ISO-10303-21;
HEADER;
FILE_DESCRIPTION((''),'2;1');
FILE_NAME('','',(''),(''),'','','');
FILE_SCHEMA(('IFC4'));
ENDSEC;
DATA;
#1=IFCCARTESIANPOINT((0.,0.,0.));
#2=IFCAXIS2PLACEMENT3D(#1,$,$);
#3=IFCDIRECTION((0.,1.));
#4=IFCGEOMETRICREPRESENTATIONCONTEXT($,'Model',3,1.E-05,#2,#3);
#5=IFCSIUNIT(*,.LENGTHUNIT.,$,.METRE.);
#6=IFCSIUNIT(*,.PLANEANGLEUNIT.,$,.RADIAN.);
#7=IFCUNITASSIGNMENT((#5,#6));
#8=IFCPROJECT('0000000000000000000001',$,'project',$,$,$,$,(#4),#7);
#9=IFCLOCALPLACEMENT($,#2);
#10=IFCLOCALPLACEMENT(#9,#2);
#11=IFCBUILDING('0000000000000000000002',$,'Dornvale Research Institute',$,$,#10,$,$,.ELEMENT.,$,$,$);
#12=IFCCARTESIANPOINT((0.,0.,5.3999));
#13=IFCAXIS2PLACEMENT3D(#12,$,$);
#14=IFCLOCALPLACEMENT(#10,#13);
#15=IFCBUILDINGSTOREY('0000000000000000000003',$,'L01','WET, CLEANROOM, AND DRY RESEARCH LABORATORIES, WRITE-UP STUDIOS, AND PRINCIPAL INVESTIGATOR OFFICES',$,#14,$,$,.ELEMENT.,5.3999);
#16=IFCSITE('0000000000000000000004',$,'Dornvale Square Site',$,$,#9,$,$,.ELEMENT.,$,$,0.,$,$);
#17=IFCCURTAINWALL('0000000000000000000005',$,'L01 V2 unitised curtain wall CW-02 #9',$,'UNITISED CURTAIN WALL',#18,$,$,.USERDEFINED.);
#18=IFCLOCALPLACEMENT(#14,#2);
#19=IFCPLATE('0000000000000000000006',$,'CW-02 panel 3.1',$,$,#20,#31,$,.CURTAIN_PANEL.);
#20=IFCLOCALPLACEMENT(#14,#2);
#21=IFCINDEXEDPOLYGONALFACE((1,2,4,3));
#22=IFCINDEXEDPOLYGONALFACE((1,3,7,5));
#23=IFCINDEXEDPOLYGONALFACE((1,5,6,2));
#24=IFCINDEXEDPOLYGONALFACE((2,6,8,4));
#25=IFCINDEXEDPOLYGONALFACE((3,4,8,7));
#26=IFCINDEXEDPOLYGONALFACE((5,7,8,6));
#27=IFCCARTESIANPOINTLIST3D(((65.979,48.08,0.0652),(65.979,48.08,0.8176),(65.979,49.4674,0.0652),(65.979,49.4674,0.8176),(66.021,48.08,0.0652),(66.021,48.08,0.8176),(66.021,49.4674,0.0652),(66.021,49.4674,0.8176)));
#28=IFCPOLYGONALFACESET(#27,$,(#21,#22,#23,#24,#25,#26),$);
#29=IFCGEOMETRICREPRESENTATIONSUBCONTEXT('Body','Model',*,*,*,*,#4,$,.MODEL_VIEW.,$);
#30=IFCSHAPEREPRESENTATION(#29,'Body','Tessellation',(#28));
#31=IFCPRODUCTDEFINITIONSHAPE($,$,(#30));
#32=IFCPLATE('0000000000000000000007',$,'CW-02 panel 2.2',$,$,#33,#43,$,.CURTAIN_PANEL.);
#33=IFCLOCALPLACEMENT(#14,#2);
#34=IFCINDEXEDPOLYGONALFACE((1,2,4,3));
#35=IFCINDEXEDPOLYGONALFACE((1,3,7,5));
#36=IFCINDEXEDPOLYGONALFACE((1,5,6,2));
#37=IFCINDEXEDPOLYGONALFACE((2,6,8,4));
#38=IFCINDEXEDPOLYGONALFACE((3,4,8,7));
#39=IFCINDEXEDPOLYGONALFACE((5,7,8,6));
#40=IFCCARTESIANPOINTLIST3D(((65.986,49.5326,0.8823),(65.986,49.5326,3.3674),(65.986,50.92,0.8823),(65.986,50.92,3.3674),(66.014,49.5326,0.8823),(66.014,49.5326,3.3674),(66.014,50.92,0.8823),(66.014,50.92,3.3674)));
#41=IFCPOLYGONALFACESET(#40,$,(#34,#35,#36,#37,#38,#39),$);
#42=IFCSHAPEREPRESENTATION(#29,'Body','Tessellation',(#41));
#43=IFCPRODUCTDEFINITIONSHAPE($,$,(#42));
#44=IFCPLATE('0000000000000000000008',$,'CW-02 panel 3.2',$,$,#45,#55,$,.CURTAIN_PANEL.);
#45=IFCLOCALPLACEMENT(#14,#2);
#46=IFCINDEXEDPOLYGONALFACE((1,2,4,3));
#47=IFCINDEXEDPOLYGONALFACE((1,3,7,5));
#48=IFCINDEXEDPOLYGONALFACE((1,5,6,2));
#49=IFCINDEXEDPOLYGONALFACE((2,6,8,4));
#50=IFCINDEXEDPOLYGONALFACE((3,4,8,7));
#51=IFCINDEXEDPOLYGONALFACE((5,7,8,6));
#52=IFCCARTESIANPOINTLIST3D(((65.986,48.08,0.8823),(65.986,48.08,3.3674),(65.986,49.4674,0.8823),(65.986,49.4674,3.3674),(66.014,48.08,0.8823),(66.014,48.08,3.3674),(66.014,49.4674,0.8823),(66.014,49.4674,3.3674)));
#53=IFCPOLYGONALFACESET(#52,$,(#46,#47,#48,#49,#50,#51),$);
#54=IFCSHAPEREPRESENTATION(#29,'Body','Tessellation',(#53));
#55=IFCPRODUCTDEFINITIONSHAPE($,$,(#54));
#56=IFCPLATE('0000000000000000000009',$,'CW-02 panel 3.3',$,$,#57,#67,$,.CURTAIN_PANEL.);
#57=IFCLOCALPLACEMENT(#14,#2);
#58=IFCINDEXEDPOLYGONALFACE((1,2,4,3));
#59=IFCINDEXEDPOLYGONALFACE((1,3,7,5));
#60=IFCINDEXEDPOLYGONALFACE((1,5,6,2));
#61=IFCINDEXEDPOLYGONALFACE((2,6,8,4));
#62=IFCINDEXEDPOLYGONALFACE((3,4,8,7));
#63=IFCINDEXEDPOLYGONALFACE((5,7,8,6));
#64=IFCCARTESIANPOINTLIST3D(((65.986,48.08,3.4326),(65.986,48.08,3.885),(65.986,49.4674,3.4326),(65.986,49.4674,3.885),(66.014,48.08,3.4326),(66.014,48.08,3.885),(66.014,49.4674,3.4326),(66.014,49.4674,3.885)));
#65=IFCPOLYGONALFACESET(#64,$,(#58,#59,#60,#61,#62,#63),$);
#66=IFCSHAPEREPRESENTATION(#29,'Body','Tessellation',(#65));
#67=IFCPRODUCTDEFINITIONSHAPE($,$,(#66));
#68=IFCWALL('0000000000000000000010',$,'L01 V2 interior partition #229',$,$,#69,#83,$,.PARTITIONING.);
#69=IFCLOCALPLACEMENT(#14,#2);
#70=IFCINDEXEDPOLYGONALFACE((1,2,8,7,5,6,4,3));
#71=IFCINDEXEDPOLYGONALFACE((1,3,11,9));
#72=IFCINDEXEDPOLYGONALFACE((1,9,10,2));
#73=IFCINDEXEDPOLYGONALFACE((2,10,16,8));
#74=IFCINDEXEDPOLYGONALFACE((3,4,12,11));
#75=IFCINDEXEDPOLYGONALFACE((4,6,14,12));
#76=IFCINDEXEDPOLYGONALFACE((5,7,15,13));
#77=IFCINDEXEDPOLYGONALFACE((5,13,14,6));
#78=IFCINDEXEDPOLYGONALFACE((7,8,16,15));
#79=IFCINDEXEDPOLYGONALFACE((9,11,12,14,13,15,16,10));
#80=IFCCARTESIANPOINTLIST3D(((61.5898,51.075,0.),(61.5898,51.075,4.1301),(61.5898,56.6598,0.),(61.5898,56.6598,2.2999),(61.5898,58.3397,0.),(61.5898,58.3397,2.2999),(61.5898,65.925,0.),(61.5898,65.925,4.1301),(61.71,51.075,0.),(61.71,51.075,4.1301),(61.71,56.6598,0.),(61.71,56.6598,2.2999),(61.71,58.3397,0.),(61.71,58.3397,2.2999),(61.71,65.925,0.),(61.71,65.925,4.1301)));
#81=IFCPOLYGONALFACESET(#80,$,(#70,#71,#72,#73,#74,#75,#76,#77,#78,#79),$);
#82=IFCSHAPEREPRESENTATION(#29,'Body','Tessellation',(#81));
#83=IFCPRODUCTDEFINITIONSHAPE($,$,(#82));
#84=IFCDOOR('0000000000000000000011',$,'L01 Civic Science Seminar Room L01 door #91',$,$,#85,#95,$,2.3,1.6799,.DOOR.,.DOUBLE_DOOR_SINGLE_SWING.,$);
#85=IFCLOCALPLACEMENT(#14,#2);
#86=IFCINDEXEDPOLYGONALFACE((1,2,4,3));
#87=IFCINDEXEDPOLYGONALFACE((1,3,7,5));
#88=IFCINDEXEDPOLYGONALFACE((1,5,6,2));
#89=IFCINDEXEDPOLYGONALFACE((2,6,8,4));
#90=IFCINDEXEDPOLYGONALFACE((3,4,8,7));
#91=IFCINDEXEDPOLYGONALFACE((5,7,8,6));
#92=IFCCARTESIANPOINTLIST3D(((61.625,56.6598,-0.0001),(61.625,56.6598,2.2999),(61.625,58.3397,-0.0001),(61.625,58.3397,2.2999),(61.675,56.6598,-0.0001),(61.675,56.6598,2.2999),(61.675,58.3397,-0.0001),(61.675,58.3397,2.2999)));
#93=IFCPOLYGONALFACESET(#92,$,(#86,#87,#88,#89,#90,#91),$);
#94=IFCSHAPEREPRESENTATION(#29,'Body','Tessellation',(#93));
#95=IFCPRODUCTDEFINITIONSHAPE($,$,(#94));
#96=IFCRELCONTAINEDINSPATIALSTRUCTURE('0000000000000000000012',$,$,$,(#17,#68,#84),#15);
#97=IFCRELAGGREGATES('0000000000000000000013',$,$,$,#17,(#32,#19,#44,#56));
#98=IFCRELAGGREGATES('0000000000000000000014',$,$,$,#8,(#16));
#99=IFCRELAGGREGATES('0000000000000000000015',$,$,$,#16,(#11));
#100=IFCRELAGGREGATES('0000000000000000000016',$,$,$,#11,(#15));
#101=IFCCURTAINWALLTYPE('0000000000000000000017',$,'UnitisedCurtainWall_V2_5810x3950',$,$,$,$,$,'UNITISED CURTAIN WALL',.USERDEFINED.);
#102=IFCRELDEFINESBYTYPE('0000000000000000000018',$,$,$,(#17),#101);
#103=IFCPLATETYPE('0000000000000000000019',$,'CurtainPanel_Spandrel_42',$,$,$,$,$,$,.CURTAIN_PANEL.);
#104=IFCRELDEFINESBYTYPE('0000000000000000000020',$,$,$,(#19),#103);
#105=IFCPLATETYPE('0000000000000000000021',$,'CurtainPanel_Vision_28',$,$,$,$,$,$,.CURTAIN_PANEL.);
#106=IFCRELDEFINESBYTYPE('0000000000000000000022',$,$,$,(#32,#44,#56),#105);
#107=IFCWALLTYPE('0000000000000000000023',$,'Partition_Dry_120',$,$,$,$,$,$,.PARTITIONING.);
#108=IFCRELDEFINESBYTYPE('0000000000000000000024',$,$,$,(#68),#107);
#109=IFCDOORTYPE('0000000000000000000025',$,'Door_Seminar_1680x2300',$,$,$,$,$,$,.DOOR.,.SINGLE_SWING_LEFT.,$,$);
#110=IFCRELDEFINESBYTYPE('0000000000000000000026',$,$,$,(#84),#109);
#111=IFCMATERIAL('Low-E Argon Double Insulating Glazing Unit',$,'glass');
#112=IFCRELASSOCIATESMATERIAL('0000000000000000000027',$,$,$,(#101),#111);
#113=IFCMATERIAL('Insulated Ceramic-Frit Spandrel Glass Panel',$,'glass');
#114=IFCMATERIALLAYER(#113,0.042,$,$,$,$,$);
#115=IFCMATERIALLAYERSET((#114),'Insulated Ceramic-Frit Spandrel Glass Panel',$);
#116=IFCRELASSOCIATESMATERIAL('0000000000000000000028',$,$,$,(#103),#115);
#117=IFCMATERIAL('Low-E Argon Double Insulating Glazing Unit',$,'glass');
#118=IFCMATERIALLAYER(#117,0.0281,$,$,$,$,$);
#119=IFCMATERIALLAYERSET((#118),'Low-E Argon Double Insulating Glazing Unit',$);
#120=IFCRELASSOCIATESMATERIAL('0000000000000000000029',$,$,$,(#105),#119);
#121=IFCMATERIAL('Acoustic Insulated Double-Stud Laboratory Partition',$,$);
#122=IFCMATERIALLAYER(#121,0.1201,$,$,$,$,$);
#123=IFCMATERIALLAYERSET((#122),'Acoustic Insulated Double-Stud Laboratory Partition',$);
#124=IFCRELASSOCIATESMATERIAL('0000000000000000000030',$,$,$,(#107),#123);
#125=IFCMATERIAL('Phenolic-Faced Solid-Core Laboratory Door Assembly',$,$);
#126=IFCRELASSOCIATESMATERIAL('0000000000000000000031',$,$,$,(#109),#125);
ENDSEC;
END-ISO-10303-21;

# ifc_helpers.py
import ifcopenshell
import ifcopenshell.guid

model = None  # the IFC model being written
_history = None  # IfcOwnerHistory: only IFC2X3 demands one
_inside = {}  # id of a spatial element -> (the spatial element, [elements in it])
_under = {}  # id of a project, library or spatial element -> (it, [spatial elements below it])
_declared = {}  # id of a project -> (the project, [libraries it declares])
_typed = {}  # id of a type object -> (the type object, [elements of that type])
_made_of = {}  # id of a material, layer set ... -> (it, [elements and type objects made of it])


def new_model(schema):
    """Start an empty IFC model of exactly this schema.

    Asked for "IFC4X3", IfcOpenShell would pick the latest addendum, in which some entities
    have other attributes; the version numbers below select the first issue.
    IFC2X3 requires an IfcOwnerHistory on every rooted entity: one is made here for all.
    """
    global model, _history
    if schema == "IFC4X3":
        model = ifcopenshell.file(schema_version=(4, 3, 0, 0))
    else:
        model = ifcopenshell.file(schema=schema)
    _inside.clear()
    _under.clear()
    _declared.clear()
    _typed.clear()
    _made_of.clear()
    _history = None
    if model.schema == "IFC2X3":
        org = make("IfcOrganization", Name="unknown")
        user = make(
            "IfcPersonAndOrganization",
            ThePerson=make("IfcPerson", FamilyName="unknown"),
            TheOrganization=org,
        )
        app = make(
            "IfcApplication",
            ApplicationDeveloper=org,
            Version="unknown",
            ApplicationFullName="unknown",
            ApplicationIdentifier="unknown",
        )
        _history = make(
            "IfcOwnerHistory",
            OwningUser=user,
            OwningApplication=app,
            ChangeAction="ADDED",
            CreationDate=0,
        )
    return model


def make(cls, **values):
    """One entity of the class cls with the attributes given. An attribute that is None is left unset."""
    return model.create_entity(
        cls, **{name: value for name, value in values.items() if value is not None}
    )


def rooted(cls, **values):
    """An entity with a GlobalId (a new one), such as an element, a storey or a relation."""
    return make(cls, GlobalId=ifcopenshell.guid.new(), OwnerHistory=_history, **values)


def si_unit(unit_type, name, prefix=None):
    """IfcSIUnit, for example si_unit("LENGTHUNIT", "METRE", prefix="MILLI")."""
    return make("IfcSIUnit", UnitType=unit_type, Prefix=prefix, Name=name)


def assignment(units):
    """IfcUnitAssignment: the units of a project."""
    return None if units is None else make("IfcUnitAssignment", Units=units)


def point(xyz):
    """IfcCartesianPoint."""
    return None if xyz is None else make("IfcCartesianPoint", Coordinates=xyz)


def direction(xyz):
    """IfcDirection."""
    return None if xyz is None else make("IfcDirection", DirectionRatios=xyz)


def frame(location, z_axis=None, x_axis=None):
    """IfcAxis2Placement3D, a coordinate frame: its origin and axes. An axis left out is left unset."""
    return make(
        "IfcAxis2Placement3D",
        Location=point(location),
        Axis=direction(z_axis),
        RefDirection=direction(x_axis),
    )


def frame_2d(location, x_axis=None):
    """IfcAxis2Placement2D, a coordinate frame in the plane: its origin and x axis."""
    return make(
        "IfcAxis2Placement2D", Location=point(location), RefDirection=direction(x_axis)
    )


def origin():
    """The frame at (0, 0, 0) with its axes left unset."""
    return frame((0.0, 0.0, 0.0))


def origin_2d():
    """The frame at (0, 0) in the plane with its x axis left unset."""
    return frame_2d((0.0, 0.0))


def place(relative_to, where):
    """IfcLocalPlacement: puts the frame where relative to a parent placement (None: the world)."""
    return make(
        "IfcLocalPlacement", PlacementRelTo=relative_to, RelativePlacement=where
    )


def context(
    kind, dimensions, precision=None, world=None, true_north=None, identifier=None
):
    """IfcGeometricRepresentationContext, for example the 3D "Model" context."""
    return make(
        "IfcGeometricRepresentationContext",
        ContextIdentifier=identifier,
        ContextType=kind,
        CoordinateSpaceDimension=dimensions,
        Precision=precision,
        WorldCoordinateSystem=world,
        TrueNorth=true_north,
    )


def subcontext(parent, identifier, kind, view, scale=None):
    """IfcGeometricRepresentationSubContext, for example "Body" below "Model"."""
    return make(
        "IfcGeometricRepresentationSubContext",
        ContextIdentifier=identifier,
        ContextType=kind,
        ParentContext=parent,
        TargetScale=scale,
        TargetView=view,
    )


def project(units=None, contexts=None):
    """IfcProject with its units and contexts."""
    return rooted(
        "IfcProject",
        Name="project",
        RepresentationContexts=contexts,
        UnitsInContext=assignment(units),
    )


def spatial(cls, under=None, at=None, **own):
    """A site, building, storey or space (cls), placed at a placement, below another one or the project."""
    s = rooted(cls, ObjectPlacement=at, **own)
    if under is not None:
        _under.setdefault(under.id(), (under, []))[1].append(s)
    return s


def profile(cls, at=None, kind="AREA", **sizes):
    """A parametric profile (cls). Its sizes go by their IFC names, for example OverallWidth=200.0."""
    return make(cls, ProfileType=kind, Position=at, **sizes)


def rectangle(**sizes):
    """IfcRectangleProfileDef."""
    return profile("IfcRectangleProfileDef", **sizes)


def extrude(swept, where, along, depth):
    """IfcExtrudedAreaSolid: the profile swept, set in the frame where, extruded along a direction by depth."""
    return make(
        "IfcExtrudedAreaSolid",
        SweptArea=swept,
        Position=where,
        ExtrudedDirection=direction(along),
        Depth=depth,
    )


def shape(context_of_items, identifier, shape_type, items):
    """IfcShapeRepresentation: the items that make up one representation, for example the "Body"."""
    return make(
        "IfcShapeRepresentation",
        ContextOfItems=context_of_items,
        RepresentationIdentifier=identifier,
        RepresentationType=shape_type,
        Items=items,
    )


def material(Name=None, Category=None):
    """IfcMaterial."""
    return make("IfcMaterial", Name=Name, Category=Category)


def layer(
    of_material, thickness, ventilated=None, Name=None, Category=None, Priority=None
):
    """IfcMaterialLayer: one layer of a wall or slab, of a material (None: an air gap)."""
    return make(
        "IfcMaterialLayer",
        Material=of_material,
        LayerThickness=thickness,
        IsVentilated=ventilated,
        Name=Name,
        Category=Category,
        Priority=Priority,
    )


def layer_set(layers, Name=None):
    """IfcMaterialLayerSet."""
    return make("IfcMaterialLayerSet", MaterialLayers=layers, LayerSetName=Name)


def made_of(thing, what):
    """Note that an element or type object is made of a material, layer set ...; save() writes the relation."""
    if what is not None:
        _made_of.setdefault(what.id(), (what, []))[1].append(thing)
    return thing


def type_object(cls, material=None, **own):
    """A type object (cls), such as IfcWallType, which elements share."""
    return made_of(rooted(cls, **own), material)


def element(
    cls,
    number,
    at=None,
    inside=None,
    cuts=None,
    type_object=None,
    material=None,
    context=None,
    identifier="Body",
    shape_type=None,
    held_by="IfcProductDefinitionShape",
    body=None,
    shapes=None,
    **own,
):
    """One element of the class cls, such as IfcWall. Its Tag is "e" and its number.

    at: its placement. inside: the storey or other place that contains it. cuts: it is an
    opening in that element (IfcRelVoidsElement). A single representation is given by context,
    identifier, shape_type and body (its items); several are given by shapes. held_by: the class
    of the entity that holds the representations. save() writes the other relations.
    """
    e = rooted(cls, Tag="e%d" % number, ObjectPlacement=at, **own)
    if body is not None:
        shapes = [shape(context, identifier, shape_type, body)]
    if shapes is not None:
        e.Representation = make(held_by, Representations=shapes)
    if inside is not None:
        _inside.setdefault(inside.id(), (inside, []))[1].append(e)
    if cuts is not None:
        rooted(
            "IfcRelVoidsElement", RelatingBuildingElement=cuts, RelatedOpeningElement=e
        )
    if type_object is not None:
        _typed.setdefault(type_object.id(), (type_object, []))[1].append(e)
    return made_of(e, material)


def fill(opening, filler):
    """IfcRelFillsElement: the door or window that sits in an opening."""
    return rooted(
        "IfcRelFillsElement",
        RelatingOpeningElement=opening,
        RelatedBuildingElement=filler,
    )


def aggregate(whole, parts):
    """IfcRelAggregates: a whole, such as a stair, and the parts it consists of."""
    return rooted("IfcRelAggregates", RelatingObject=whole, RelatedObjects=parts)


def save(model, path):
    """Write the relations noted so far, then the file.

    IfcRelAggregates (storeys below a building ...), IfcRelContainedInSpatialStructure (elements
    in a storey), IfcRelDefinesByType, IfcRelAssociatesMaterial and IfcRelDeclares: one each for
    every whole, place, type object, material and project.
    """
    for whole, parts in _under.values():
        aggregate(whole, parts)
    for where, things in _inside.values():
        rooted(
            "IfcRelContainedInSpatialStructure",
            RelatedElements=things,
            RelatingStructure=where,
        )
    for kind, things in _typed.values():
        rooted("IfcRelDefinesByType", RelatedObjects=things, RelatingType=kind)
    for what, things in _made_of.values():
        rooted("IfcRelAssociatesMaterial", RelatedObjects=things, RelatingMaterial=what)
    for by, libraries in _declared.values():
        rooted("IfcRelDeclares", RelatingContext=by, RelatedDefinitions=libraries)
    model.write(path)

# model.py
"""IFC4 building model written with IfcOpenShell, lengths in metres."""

from ifc_helpers import new_model, si_unit, direction, frame, frame_2d, origin, origin_2d, place, context, subcontext, project, spatial, rectangle, extrude, material, layer, layer_set, type_object, element, fill, aggregate, save


model = new_model("IFC4")

# Units and contexts
model_context = context("Model", 3, precision=1e-05, world=origin(), true_north=direction((0.0, 1.0)))
body_context = subcontext(model_context, "Body", "Model", "MODEL_VIEW")
ifc_project = project(units=[si_unit("LENGTHUNIT", "METRE"), si_unit("PLANEANGLEUNIT", "RADIAN")], contexts=[model_context])

# Site, building, storey
site_placement = place(None, origin())
site = spatial("IfcSite", under=ifc_project, at=site_placement, Name="Dornvale Square Site", CompositionType="ELEMENT", RefElevation=0.0)
building_placement = place(site_placement, origin())
building = spatial("IfcBuilding", under=site, at=building_placement, Name="Dornvale Research Institute", CompositionType="ELEMENT")
storey_placement = place(building_placement, frame((0.0, 0.0, 5.3999)))
storey = spatial("IfcBuildingStorey", under=building, at=storey_placement, Name="L01", Description="WET, CLEANROOM, AND DRY RESEARCH LABORATORIES, WRITE-UP STUDIOS, AND PRINCIPAL INVESTIGATOR OFFICES", CompositionType="ELEMENT", Elevation=5.3999)

# Curtain wall, plates
ifc_material_1 = material(Name="Low-E Argon Double Insulating Glazing Unit", Category="glass")
curtain_wall_type = type_object("IfcCurtainWallType", Name="UnitisedCurtainWall_V2_5810x3950", ElementType="UNITISED CURTAIN WALL", PredefinedType="USERDEFINED", material=ifc_material_1)
curtain_wall_placement = place(storey_placement, origin())
curtain_wall = element("IfcCurtainWall", 1, at=curtain_wall_placement, inside=storey, type_object=curtain_wall_type, Name="L01 V2 unitised curtain wall CW-02 #9", ObjectType="UNITISED CURTAIN WALL", PredefinedType="USERDEFINED")
ifc_material_2 = material(Name="Insulated Ceramic-Frit Spandrel Glass Panel", Category="glass")
ifc_layer_1 = layer(ifc_material_2, 0.042)
ifc_layer_set_1 = layer_set([ifc_layer_1], Name="Insulated Ceramic-Frit Spandrel Glass Panel")
plate_type_1 = type_object("IfcPlateType", Name="CurtainPanel_Spandrel_42", PredefinedType="CURTAIN_PANEL", material=ifc_layer_set_1)
plate_1_placement = place(storey_placement, frame((66.0, 48.7737, 0.0652), z_axis=(0.0, 0.0, 1.0), x_axis=(0.0, -1.0, 0.0)))
plate_1 = element("IfcPlate", 2, at=plate_1_placement, type_object=plate_type_1, Name="CW-02 panel 3.1", PredefinedType="CURTAIN_PANEL", context=body_context, shape_type="SweptSolid", body=[
    extrude(rectangle(XDim=1.3875, YDim=0.042, at=origin_2d()), origin(), (0.0, 0.0, 1.0), 0.7524),
])
ifc_material_3 = material(Name="Low-E Argon Double Insulating Glazing Unit", Category="glass")
ifc_layer_2 = layer(ifc_material_3, 0.0281)
ifc_layer_set_2 = layer_set([ifc_layer_2], Name="Low-E Argon Double Insulating Glazing Unit")
plate_type_2 = type_object("IfcPlateType", Name="CurtainPanel_Vision_28", PredefinedType="CURTAIN_PANEL", material=ifc_layer_set_2)
plate_2_placement = place(storey_placement, frame((66.0, 50.2263, 0.8823), z_axis=(0.0, 0.0, 1.0), x_axis=(0.0, -1.0, 0.0)))
plate_2 = element("IfcPlate", 3, at=plate_2_placement, type_object=plate_type_2, Name="CW-02 panel 2.2", PredefinedType="CURTAIN_PANEL", context=body_context, shape_type="SweptSolid", body=[
    extrude(rectangle(XDim=1.3875, YDim=0.0281, at=origin_2d()), origin(), (0.0, 0.0, 1.0), 2.4851),
])
plate_3_placement = place(storey_placement, frame((66.0, 48.7737, 0.8823), z_axis=(0.0, 0.0, 1.0), x_axis=(0.0, -1.0, 0.0)))
plate_3 = element("IfcPlate", 4, at=plate_3_placement, type_object=plate_type_2, Name="CW-02 panel 3.2", PredefinedType="CURTAIN_PANEL", context=body_context, shape_type="SweptSolid", body=[
    extrude(rectangle(XDim=1.3875, YDim=0.0281, at=origin_2d()), origin(), (0.0, 0.0, 1.0), 2.4851),
])
plate_4_placement = place(storey_placement, frame((66.0, 48.7737, 3.4326), z_axis=(0.0, 0.0, 1.0), x_axis=(0.0, -1.0, 0.0)))
plate_4 = element("IfcPlate", 5, at=plate_4_placement, type_object=plate_type_2, Name="CW-02 panel 3.3", PredefinedType="CURTAIN_PANEL", context=body_context, shape_type="SweptSolid", body=[
    extrude(rectangle(XDim=1.3875, YDim=0.0281, at=origin_2d()), origin(), (0.0, 0.0, 1.0), 0.4524),
])
aggregate(curtain_wall, [plate_2, plate_1, plate_3, plate_4])

# Wall, opening, door
ifc_material_4 = material(Name="Acoustic Insulated Double-Stud Laboratory Partition")
ifc_layer_3 = layer(ifc_material_4, 0.1201)
ifc_layer_set_3 = layer_set([ifc_layer_3], Name="Acoustic Insulated Double-Stud Laboratory Partition")
wall_type = type_object("IfcWallType", Name="Partition_Dry_120", PredefinedType="PARTITIONING", material=ifc_layer_set_3)
wall_placement = place(storey_placement, frame((61.6499, 51.075, 0.0), z_axis=(0.0, 0.0, 1.0), x_axis=(0.0, 1.0, 0.0)))
wall = element("IfcWall", 6, at=wall_placement, inside=storey, type_object=wall_type, Name="L01 V2 interior partition #229", PredefinedType="PARTITIONING", context=body_context, shape_type="SweptSolid", body=[
    extrude(rectangle(XDim=14.8501, YDim=0.1201, at=frame_2d((7.425, 0.0))), origin(), (0.0, 0.0, 1.0), 4.1301),
])
opening_placement = place(wall_placement, frame((5.585, 0.0, 0.0)))
opening = element("IfcOpeningElement", 7, at=opening_placement, cuts=wall, PredefinedType="OPENING", context=body_context, shape_type="SweptSolid", body=[
    extrude(rectangle(XDim=1.6799, YDim=2.3, at=frame_2d((0.8398, 1.1499))), frame((0.0, 0.075, 0.0), z_axis=(0.0, -1.0, 0.0), x_axis=(1.0, 0.0, 0.0)), (0.0, 0.0, 1.0), 0.1501),
])
ifc_material_5 = material(Name="Phenolic-Faced Solid-Core Laboratory Door Assembly")
door_type = type_object("IfcDoorType", Name="Door_Seminar_1680x2300", OperationType="SINGLE_SWING_LEFT", PredefinedType="DOOR", material=ifc_material_5)
door_placement = place(opening_placement, origin())
door = element("IfcDoor", 8, at=door_placement, inside=storey, type_object=door_type, Name="L01 Civic Science Seminar Room L01 door #91", OperationType="DOUBLE_DOOR_SINGLE_SWING", OverallHeight=2.3, OverallWidth=1.6799, PredefinedType="DOOR", context=body_context, shape_type="SweptSolid", body=[
    extrude(rectangle(XDim=1.6799, YDim=2.3, at=frame_2d((0.8398, 1.1499))), frame((0.0, 0.0249, 0.0), z_axis=(0.0, -1.0, 0.0), x_axis=(1.0, 0.0, 0.0)), (0.0, 0.0, 1.0), 0.05),
])
fill(opening, door)

save(model, "model.ifc")
